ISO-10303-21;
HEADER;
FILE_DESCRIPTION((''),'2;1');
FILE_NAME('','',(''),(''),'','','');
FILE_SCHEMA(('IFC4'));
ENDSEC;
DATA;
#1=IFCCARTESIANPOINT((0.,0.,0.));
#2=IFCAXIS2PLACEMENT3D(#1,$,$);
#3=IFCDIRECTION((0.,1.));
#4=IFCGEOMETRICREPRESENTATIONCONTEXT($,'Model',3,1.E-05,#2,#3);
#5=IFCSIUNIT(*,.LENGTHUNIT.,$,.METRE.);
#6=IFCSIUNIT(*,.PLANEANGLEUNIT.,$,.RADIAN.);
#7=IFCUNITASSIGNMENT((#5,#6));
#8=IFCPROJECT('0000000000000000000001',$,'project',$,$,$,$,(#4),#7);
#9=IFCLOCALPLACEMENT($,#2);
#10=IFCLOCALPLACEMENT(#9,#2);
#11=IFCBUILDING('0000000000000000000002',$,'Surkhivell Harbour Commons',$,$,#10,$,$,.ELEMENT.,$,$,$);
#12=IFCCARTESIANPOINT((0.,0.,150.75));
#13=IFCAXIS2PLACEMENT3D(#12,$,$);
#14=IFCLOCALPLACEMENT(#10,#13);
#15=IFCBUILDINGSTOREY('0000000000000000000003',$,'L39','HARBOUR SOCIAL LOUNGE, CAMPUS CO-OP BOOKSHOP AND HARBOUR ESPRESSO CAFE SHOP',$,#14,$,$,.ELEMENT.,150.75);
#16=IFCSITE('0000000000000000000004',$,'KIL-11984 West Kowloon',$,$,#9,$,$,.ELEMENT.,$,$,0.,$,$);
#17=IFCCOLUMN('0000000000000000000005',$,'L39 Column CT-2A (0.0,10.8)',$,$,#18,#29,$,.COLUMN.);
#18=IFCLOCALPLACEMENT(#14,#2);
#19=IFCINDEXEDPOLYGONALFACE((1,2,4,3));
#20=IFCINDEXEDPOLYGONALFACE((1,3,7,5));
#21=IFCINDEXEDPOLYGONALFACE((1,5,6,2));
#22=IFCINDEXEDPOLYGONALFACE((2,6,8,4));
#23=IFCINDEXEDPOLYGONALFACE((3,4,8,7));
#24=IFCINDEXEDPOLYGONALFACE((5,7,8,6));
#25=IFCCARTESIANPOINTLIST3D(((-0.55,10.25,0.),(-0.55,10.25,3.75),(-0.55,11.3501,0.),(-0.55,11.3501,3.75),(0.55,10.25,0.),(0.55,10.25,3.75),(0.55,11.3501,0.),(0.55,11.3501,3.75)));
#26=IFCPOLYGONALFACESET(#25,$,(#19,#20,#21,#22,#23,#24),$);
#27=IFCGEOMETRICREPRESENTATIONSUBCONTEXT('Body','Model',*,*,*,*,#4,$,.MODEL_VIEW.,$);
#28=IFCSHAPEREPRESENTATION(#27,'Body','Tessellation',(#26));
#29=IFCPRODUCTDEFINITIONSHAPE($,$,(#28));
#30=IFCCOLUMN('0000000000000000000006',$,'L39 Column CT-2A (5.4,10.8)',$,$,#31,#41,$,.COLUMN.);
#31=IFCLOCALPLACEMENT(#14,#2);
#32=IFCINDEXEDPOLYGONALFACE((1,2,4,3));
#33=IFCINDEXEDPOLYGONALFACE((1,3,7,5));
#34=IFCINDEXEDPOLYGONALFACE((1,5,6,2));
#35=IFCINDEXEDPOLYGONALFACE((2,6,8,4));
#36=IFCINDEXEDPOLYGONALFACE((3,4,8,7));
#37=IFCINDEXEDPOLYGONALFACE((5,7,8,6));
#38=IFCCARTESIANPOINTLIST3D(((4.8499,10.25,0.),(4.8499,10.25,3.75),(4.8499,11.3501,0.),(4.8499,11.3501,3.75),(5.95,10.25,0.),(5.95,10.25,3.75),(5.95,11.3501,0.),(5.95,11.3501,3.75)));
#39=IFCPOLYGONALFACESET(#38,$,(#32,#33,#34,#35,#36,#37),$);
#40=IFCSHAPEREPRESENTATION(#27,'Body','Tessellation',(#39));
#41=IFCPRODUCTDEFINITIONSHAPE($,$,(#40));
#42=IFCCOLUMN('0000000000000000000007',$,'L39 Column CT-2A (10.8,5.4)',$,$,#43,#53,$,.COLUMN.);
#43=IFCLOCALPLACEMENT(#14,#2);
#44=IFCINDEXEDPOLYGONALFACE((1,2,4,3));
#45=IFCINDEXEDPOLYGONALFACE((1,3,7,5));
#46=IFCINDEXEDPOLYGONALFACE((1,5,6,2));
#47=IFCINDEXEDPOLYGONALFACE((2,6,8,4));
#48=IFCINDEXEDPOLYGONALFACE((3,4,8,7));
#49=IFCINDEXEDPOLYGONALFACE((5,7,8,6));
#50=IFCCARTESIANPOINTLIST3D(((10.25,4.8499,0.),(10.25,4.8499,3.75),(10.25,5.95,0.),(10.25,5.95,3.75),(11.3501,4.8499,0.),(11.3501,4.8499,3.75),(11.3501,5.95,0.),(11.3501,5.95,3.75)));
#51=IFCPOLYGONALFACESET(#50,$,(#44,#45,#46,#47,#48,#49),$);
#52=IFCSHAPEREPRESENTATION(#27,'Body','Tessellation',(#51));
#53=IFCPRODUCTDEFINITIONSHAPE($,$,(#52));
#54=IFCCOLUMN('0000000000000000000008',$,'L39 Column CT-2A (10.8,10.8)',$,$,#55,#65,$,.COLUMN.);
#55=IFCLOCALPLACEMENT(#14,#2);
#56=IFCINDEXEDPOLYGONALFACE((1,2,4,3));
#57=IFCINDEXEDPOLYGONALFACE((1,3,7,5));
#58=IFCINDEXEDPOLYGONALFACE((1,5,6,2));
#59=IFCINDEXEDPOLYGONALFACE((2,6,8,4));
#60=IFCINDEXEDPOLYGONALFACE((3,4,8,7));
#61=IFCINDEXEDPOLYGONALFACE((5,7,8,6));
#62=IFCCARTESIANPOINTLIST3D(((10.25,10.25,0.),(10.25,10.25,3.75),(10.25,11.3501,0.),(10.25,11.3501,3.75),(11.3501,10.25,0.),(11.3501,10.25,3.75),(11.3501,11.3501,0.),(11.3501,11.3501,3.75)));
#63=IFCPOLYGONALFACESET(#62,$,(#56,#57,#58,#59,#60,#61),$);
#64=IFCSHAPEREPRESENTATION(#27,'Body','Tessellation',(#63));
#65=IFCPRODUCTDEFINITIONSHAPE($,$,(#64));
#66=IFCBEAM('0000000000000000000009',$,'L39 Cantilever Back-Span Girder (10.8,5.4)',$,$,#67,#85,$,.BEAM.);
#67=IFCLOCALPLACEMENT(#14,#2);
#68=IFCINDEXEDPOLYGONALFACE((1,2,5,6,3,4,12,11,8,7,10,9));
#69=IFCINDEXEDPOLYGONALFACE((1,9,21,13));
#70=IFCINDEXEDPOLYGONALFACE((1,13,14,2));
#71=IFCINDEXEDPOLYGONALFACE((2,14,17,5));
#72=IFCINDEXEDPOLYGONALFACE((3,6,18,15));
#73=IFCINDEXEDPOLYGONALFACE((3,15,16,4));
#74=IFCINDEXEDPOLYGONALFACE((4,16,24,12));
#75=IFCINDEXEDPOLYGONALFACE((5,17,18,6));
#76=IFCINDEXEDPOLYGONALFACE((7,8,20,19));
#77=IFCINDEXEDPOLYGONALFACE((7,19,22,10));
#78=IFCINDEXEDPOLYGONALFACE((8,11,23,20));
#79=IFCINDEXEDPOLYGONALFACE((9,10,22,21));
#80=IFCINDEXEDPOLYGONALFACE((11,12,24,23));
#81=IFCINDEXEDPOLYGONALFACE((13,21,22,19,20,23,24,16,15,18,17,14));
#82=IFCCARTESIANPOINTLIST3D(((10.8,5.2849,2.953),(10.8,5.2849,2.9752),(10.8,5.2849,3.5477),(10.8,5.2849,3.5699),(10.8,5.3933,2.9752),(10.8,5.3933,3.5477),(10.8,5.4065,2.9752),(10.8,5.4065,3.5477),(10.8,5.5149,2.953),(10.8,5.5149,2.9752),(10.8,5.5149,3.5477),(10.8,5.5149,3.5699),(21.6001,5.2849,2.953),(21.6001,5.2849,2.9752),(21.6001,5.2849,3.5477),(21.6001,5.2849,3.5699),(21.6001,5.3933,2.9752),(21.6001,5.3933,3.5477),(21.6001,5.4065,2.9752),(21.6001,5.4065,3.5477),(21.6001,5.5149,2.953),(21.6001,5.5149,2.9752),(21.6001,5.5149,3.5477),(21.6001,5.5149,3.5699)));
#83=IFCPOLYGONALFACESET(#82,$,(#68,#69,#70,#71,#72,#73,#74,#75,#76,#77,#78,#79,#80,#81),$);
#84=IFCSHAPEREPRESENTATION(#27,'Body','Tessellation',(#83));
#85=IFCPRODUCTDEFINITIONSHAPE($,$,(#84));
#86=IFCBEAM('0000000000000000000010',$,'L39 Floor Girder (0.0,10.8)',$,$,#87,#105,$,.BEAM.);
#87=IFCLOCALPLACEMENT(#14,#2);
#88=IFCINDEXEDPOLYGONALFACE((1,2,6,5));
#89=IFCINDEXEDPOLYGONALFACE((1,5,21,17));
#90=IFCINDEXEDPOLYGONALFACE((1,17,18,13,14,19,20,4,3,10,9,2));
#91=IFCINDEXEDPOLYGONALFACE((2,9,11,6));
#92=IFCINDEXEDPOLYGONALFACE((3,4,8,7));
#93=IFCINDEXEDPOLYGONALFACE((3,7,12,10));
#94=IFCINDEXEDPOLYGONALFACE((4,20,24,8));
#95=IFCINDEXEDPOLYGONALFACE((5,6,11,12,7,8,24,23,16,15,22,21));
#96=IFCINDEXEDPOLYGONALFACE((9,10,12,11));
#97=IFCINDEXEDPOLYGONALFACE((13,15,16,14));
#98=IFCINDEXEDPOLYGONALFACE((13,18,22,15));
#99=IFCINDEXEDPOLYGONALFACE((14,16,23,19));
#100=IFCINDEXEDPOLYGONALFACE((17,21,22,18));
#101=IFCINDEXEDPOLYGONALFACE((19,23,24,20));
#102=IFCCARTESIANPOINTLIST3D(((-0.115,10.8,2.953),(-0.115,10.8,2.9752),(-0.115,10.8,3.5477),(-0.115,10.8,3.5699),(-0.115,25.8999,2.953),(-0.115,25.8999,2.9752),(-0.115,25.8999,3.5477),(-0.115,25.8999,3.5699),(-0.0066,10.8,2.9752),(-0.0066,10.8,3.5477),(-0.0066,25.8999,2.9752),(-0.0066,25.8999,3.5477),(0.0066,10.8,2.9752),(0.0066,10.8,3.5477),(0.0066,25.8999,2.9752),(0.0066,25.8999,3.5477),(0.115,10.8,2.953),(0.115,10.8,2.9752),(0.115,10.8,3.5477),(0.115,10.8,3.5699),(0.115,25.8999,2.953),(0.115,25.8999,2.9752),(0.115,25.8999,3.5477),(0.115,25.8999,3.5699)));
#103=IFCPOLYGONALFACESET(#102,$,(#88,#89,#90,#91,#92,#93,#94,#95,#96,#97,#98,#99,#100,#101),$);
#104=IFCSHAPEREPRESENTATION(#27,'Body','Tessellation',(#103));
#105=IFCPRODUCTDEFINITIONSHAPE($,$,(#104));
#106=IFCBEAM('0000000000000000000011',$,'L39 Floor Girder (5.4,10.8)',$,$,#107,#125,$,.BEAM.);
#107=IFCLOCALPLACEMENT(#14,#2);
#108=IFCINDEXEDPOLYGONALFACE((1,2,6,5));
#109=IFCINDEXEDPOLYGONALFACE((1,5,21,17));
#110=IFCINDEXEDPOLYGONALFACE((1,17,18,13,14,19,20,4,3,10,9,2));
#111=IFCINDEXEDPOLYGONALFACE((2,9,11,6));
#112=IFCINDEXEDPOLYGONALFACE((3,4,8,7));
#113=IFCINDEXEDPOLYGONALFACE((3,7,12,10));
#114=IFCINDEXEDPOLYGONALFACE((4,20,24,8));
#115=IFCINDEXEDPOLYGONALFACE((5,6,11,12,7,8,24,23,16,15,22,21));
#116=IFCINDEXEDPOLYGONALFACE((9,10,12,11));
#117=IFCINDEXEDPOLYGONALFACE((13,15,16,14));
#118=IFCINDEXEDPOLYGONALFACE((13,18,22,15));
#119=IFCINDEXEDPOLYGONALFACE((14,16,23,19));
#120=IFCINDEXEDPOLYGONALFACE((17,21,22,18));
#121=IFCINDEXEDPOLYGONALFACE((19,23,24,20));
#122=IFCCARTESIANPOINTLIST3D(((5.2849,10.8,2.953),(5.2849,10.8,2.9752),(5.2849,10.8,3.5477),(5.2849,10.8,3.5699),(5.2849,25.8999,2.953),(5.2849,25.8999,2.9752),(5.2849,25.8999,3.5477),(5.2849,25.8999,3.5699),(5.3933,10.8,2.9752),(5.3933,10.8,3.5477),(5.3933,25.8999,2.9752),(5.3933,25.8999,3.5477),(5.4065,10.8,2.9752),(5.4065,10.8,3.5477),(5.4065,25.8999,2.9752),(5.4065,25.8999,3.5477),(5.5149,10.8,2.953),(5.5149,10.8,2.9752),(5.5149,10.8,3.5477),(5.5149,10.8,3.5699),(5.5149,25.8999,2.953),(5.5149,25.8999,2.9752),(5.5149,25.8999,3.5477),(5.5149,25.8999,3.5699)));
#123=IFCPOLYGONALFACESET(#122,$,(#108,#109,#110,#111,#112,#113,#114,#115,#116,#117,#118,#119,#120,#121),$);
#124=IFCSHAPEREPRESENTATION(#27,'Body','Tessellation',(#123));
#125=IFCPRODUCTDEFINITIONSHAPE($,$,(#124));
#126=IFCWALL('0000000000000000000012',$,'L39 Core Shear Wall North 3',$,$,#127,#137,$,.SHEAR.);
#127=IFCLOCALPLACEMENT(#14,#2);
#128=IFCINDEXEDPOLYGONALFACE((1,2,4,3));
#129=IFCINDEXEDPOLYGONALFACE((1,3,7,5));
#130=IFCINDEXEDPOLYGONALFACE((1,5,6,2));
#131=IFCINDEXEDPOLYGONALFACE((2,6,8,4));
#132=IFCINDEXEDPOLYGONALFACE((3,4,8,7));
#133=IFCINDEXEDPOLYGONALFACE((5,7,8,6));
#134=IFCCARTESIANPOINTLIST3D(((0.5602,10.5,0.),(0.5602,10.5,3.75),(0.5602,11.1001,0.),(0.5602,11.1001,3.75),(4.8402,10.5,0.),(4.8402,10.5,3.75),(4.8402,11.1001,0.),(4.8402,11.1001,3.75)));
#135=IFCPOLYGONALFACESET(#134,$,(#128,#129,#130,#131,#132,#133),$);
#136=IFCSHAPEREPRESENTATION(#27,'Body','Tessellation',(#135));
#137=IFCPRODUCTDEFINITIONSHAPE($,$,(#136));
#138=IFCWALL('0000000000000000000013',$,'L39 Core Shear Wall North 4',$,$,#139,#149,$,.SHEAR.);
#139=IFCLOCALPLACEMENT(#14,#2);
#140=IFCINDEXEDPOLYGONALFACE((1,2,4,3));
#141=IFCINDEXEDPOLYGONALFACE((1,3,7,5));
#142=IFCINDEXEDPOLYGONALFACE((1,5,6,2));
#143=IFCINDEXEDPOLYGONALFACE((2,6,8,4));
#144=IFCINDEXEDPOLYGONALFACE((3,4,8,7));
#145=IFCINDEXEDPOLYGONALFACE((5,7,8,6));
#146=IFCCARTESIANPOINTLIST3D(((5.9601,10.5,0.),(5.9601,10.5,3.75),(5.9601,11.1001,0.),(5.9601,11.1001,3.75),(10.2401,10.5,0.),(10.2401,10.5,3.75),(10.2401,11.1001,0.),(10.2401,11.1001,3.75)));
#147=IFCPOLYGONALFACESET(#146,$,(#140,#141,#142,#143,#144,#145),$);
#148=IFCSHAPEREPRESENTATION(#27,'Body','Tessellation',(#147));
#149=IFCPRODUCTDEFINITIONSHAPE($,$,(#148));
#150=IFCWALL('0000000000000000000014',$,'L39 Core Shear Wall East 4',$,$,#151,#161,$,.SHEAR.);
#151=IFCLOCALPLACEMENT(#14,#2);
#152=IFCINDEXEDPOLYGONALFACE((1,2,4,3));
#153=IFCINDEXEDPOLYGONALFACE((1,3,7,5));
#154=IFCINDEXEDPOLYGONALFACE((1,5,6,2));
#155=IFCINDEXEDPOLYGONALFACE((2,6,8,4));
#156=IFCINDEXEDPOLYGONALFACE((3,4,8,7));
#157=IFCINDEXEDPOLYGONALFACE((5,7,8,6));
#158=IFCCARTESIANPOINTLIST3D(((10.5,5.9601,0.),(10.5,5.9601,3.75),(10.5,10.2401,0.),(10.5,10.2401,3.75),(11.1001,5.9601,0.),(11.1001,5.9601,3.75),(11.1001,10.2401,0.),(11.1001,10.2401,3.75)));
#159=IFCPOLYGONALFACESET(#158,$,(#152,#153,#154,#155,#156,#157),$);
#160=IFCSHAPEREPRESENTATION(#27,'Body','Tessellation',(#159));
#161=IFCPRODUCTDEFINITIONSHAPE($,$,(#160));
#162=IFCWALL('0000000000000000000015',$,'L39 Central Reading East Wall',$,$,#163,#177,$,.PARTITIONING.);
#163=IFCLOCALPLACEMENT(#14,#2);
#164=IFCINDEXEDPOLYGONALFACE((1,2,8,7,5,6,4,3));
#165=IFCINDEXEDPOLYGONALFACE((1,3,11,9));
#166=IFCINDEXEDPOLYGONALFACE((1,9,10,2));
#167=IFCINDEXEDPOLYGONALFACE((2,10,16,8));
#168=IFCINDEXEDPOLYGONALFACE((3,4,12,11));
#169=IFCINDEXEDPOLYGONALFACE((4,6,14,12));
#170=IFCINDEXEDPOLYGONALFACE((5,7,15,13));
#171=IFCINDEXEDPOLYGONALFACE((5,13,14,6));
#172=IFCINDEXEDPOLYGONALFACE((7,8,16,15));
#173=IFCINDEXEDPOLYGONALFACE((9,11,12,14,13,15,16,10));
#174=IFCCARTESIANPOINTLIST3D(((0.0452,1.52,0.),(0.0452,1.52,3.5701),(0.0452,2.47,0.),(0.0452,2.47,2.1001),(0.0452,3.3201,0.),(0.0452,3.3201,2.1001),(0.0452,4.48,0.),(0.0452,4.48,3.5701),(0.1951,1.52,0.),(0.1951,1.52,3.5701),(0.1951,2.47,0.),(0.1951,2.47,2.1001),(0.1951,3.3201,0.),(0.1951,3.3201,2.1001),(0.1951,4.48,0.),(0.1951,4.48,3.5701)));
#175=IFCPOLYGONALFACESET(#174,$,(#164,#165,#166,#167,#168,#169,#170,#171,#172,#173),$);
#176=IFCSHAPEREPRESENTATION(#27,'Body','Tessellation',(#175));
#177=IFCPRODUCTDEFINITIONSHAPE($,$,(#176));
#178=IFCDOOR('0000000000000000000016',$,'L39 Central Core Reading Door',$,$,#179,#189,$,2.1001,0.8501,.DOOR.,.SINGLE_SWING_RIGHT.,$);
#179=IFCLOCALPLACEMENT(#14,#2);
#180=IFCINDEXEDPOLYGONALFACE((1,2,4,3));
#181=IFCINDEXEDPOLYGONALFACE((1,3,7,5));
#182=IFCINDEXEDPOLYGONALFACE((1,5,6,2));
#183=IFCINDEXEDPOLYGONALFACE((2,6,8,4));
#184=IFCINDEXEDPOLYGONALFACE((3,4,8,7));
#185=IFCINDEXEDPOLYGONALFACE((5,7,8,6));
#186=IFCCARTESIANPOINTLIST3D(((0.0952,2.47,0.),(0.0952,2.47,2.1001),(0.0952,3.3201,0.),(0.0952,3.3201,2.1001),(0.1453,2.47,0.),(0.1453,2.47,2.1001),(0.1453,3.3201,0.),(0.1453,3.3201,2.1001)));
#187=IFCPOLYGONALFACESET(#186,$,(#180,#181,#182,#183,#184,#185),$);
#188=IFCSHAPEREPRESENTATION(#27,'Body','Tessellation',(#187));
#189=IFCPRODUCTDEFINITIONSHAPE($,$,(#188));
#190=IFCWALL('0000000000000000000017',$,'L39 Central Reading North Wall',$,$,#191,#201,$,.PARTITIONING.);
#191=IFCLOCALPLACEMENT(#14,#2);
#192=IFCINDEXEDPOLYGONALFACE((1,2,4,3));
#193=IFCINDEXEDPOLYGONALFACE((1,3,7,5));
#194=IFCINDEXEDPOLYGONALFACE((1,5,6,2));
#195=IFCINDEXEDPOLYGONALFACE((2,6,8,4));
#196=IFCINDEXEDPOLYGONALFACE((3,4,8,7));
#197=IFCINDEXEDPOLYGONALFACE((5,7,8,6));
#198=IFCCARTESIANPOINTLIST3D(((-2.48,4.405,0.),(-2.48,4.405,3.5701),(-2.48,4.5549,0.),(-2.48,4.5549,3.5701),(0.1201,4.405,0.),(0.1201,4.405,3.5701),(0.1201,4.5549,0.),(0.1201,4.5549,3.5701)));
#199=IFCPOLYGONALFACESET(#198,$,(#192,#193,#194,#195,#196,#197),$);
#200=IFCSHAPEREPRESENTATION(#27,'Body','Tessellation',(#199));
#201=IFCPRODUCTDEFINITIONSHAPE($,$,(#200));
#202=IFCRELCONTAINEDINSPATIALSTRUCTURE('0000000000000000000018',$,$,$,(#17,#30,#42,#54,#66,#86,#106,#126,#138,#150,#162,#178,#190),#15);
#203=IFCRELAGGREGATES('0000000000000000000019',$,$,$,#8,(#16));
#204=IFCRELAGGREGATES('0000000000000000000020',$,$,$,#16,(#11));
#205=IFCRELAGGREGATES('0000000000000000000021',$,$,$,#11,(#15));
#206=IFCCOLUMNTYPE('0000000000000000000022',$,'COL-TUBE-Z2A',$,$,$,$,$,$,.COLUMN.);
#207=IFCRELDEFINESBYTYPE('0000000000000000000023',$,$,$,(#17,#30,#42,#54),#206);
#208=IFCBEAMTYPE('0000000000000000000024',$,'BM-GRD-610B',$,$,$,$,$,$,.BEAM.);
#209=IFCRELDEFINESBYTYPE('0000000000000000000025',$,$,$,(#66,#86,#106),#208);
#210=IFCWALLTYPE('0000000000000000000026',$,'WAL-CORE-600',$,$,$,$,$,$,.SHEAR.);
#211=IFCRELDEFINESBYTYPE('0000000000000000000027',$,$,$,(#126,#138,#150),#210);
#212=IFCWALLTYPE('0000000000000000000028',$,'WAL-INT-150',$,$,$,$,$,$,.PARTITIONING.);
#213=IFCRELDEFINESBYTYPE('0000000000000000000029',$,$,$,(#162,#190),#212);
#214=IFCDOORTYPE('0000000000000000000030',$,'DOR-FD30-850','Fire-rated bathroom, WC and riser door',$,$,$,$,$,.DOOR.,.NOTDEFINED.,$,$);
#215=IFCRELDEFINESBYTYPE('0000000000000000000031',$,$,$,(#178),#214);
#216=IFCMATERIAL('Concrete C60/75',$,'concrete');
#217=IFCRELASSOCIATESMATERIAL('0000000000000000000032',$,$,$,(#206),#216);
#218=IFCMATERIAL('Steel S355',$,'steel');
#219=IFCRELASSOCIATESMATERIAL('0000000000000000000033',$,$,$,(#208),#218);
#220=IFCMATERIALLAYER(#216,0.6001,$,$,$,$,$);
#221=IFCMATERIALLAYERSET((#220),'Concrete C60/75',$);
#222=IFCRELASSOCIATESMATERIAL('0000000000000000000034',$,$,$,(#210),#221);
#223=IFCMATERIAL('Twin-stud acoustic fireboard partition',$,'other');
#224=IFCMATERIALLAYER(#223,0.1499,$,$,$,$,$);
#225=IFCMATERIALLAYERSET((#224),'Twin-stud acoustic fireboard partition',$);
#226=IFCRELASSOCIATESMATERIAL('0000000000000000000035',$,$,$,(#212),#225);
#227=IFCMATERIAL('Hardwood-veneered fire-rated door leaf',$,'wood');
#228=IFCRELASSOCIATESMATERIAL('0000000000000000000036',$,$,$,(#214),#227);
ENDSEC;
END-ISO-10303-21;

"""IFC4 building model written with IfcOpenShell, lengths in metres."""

from ifc_helpers import new_model, si_unit, direction, frame, frame_2d, origin, origin_2d, place, context, subcontext, project, spatial, rectangle, i_section, extrude, material, layer, layer_set, material_profile, profile_set, type_object, element, fill, save


model = new_model("IFC4")

# Units and contexts
model_context = context("Model", 3, precision=1e-05, world=origin(), true_north=direction((0.0, 1.0)))
body_context = subcontext(model_context, "Body", "Model", "MODEL_VIEW")
ifc_project = project(units=[si_unit("LENGTHUNIT", "METRE"), si_unit("PLANEANGLEUNIT", "RADIAN")], contexts=[model_context])

# Site, building, storey
site_placement = place(None, origin())
site = spatial("IfcSite", under=ifc_project, at=site_placement, Name="KIL-11984 West Kowloon", CompositionType="ELEMENT", RefElevation=0.0)
building_placement = place(site_placement, origin())
building = spatial("IfcBuilding", under=site, at=building_placement, Name="Surkhivell Harbour Commons", CompositionType="ELEMENT")
storey_placement = place(building_placement, frame((0.0, 0.0, 150.75)))
storey = spatial("IfcBuildingStorey", under=building, at=storey_placement, Name="L39", Description="HARBOUR SOCIAL LOUNGE, CAMPUS CO-OP BOOKSHOP AND HARBOUR ESPRESSO CAFE SHOP", CompositionType="ELEMENT", Elevation=150.75)

# Columns
ifc_material_1 = material(Name="Concrete C60/75", Category="concrete")
ifc_material_profile_1 = material_profile(ifc_material_1, rectangle(XDim=1.1001, YDim=1.1001, at=origin_2d()), Name="RC-COL-1100x1100")
ifc_profile_set_1 = profile_set([ifc_material_profile_1], Name="Concrete C60/75")
column_type = type_object("IfcColumnType", Name="COL-TUBE-Z2A", PredefinedType="COLUMN", material=ifc_profile_set_1)
for number, where, z_axis, x_axis, name in (
    (1, (0.0, 10.8, 0.0), (0.0, 0.0, 1.0), (1.0, 0.0, 0.0), "L39 Column CT-2A (0.0,10.8)"),
    (2, (5.3999, 10.8, 0.0), (0.0, 0.0, 1.0), (1.0, 0.0, 0.0), "L39 Column CT-2A (5.4,10.8)"),
    (3, (10.8, 5.3999, 0.0), (0.0, 0.0, 1.0), (1.0, 0.0, 0.0), "L39 Column CT-2A (10.8,5.4)"),
    (4, (10.8, 10.8, 0.0), (0.0, 0.0, 1.0), (1.0, 0.0, 0.0), "L39 Column CT-2A (10.8,10.8)"),
):
    element("IfcColumn", number, at=place(storey_placement, frame(where, z_axis=z_axis, x_axis=x_axis)), inside=storey, type_object=column_type, Name=name, PredefinedType="COLUMN", context=body_context, shape_type="SweptSolid", body=[
        extrude(rectangle(XDim=1.1001, YDim=1.1001, at=origin_2d()), origin(), (0.0, 0.0, 1.0), 3.75),
    ])

# Beams
ifc_material_2 = material(Name="Steel S355", Category="steel")
ifc_material_profile_2 = material_profile(ifc_material_2, i_section(OverallWidth=0.23, OverallDepth=0.6169, WebThickness=0.0132, FlangeThickness=0.0222, at=origin_2d()), Name="UB610x229x140")
ifc_profile_set_2 = profile_set([ifc_material_profile_2], Name="Steel S355")
beam_type = type_object("IfcBeamType", Name="BM-GRD-610B", PredefinedType="BEAM", material=ifc_profile_set_2)
beam_placement = place(storey_placement, frame((10.8, 5.3999, 3.2615), z_axis=(1.0, 0.0, 0.0), x_axis=(0.0, 1.0, 0.0)))
element("IfcBeam", 5, at=beam_placement, inside=storey, type_object=beam_type, Name="L39 Cantilever Back-Span Girder (10.8,5.4)", PredefinedType="BEAM", context=body_context, shape_type="SweptSolid", body=[
    extrude(i_section(OverallWidth=0.23, OverallDepth=0.6169, WebThickness=0.0132, FlangeThickness=0.0222, at=origin_2d()), origin(), (0.0, 0.0, 1.0), 10.8),
])
for number, where, z_axis, x_axis, name in (
    (6, (0.0, 10.8, 3.2615), (0.0, 1.0, 0.0), (-1.0, 0.0, 0.0), "L39 Floor Girder (0.0,10.8)"),
    (7, (5.3999, 10.8, 3.2615), (0.0, 1.0, 0.0), (-1.0, 0.0, 0.0), "L39 Floor Girder (5.4,10.8)"),
):
    element("IfcBeam", number, at=place(storey_placement, frame(where, z_axis=z_axis, x_axis=x_axis)), inside=storey, type_object=beam_type, Name=name, PredefinedType="BEAM", context=body_context, shape_type="SweptSolid", body=[
        extrude(i_section(OverallWidth=0.23, OverallDepth=0.6169, WebThickness=0.0132, FlangeThickness=0.0222, at=origin_2d()), origin(), (0.0, 0.0, 1.0), 15.0999),
    ])

# Walls
ifc_layer_1 = layer(ifc_material_1, 0.6001)
ifc_layer_set_1 = layer_set([ifc_layer_1], Name="Concrete C60/75")
wall_type_1 = type_object("IfcWallType", Name="WAL-CORE-600", PredefinedType="SHEAR", material=ifc_layer_set_1)
for number, where, z_axis, x_axis, name in (
    (8, (0.5601, 10.8, 0.0), (0.0, 0.0, 1.0), (1.0, 0.0, 0.0), "L39 Core Shear Wall North 3"),
    (9, (5.96, 10.8, 0.0), (0.0, 0.0, 1.0), (1.0, 0.0, 0.0), "L39 Core Shear Wall North 4"),
    (10, (10.8, 5.96, 0.0), (0.0, 0.0, 1.0), (0.0, 1.0, 0.0), "L39 Core Shear Wall East 4"),
):
    element("IfcWall", number, at=place(storey_placement, frame(where, z_axis=z_axis, x_axis=x_axis)), inside=storey, type_object=wall_type_1, Name=name, PredefinedType="SHEAR", context=body_context, shape_type="SweptSolid", body=[
        extrude(rectangle(XDim=4.28, YDim=0.6001, at=frame_2d((2.1401, 0.0))), origin(), (0.0, 0.0, 1.0), 3.75),
    ])

# Wall, opening, door
ifc_material_3 = material(Name="Twin-stud acoustic fireboard partition", Category="other")
ifc_layer_2 = layer(ifc_material_3, 0.1499)
ifc_layer_set_2 = layer_set([ifc_layer_2], Name="Twin-stud acoustic fireboard partition")
wall_type_2 = type_object("IfcWallType", Name="WAL-INT-150", PredefinedType="PARTITIONING", material=ifc_layer_set_2)
wall_1_placement = place(storey_placement, frame((0.1201, 1.52, 0.0), z_axis=(0.0, 0.0, 1.0), x_axis=(0.0, 1.0, 0.0)))
wall_1 = element("IfcWall", 11, at=wall_1_placement, inside=storey, type_object=wall_type_2, Name="L39 Central Reading East Wall", PredefinedType="PARTITIONING", context=body_context, shape_type="SweptSolid", body=[
    extrude(rectangle(XDim=2.96, YDim=0.1499, at=frame_2d((1.48, 0.0))), origin(), (0.0, 0.0, 1.0), 3.5701),
])
opening_1_placement = place(wall_1_placement, frame((0.95, 0.0, 0.0)))
opening_1 = element("IfcOpeningElement", 12, at=opening_1_placement, cuts=wall_1, PredefinedType="OPENING", context=body_context, shape_type="SweptSolid", body=[
    extrude(rectangle(XDim=0.8501, YDim=2.1001, at=frame_2d((0.425, 1.05))), frame((0.0, 0.085, 0.0), z_axis=(0.0, -1.0, 0.0), x_axis=(1.0, 0.0, 0.0)), (0.0, 0.0, 1.0), 0.1699),
])
ifc_material_4 = material(Name="Hardwood-veneered fire-rated door leaf", Category="wood")
door_type_1 = type_object("IfcDoorType", Name="DOR-FD30-850", Description="Fire-rated bathroom, WC and riser door", OperationType="NOTDEFINED", PredefinedType="DOOR", material=ifc_material_4)
door_1_placement = place(opening_1_placement, origin())
door_1 = element("IfcDoor", 13, at=door_1_placement, inside=storey, type_object=door_type_1, Name="L39 Central Core Reading Door", OperationType="SINGLE_SWING_RIGHT", OverallHeight=2.1001, OverallWidth=0.8501, PredefinedType="DOOR", context=body_context, shape_type="SweptSolid", body=[
    extrude(rectangle(XDim=0.8501, YDim=2.1001, at=frame_2d((0.425, 1.05))), frame((0.0, 0.0249, 0.0), z_axis=(0.0, -1.0, 0.0), x_axis=(1.0, 0.0, 0.0)), (0.0, 0.0, 1.0), 0.05),
])
fill(opening_1, door_1)

# Wall
for number, where, z_axis, x_axis, name in (
    (14, (-2.48, 4.48, 0.0), (0.0, 0.0, 1.0), (1.0, 0.0, 0.0), "L39 Central Reading North Wall"),
):
    element("IfcWall", number, at=place(storey_placement, frame(where, z_axis=z_axis, x_axis=x_axis)), inside=storey, type_object=wall_type_2, Name=name, PredefinedType="PARTITIONING", context=body_context, shape_type="SweptSolid", body=[
        extrude(rectangle(XDim=2.6001, YDim=0.1499, at=frame_2d((1.3, 0.0))), origin(), (0.0, 0.0, 1.0), 3.5701),
    ])

save(model, "model.ifc")
